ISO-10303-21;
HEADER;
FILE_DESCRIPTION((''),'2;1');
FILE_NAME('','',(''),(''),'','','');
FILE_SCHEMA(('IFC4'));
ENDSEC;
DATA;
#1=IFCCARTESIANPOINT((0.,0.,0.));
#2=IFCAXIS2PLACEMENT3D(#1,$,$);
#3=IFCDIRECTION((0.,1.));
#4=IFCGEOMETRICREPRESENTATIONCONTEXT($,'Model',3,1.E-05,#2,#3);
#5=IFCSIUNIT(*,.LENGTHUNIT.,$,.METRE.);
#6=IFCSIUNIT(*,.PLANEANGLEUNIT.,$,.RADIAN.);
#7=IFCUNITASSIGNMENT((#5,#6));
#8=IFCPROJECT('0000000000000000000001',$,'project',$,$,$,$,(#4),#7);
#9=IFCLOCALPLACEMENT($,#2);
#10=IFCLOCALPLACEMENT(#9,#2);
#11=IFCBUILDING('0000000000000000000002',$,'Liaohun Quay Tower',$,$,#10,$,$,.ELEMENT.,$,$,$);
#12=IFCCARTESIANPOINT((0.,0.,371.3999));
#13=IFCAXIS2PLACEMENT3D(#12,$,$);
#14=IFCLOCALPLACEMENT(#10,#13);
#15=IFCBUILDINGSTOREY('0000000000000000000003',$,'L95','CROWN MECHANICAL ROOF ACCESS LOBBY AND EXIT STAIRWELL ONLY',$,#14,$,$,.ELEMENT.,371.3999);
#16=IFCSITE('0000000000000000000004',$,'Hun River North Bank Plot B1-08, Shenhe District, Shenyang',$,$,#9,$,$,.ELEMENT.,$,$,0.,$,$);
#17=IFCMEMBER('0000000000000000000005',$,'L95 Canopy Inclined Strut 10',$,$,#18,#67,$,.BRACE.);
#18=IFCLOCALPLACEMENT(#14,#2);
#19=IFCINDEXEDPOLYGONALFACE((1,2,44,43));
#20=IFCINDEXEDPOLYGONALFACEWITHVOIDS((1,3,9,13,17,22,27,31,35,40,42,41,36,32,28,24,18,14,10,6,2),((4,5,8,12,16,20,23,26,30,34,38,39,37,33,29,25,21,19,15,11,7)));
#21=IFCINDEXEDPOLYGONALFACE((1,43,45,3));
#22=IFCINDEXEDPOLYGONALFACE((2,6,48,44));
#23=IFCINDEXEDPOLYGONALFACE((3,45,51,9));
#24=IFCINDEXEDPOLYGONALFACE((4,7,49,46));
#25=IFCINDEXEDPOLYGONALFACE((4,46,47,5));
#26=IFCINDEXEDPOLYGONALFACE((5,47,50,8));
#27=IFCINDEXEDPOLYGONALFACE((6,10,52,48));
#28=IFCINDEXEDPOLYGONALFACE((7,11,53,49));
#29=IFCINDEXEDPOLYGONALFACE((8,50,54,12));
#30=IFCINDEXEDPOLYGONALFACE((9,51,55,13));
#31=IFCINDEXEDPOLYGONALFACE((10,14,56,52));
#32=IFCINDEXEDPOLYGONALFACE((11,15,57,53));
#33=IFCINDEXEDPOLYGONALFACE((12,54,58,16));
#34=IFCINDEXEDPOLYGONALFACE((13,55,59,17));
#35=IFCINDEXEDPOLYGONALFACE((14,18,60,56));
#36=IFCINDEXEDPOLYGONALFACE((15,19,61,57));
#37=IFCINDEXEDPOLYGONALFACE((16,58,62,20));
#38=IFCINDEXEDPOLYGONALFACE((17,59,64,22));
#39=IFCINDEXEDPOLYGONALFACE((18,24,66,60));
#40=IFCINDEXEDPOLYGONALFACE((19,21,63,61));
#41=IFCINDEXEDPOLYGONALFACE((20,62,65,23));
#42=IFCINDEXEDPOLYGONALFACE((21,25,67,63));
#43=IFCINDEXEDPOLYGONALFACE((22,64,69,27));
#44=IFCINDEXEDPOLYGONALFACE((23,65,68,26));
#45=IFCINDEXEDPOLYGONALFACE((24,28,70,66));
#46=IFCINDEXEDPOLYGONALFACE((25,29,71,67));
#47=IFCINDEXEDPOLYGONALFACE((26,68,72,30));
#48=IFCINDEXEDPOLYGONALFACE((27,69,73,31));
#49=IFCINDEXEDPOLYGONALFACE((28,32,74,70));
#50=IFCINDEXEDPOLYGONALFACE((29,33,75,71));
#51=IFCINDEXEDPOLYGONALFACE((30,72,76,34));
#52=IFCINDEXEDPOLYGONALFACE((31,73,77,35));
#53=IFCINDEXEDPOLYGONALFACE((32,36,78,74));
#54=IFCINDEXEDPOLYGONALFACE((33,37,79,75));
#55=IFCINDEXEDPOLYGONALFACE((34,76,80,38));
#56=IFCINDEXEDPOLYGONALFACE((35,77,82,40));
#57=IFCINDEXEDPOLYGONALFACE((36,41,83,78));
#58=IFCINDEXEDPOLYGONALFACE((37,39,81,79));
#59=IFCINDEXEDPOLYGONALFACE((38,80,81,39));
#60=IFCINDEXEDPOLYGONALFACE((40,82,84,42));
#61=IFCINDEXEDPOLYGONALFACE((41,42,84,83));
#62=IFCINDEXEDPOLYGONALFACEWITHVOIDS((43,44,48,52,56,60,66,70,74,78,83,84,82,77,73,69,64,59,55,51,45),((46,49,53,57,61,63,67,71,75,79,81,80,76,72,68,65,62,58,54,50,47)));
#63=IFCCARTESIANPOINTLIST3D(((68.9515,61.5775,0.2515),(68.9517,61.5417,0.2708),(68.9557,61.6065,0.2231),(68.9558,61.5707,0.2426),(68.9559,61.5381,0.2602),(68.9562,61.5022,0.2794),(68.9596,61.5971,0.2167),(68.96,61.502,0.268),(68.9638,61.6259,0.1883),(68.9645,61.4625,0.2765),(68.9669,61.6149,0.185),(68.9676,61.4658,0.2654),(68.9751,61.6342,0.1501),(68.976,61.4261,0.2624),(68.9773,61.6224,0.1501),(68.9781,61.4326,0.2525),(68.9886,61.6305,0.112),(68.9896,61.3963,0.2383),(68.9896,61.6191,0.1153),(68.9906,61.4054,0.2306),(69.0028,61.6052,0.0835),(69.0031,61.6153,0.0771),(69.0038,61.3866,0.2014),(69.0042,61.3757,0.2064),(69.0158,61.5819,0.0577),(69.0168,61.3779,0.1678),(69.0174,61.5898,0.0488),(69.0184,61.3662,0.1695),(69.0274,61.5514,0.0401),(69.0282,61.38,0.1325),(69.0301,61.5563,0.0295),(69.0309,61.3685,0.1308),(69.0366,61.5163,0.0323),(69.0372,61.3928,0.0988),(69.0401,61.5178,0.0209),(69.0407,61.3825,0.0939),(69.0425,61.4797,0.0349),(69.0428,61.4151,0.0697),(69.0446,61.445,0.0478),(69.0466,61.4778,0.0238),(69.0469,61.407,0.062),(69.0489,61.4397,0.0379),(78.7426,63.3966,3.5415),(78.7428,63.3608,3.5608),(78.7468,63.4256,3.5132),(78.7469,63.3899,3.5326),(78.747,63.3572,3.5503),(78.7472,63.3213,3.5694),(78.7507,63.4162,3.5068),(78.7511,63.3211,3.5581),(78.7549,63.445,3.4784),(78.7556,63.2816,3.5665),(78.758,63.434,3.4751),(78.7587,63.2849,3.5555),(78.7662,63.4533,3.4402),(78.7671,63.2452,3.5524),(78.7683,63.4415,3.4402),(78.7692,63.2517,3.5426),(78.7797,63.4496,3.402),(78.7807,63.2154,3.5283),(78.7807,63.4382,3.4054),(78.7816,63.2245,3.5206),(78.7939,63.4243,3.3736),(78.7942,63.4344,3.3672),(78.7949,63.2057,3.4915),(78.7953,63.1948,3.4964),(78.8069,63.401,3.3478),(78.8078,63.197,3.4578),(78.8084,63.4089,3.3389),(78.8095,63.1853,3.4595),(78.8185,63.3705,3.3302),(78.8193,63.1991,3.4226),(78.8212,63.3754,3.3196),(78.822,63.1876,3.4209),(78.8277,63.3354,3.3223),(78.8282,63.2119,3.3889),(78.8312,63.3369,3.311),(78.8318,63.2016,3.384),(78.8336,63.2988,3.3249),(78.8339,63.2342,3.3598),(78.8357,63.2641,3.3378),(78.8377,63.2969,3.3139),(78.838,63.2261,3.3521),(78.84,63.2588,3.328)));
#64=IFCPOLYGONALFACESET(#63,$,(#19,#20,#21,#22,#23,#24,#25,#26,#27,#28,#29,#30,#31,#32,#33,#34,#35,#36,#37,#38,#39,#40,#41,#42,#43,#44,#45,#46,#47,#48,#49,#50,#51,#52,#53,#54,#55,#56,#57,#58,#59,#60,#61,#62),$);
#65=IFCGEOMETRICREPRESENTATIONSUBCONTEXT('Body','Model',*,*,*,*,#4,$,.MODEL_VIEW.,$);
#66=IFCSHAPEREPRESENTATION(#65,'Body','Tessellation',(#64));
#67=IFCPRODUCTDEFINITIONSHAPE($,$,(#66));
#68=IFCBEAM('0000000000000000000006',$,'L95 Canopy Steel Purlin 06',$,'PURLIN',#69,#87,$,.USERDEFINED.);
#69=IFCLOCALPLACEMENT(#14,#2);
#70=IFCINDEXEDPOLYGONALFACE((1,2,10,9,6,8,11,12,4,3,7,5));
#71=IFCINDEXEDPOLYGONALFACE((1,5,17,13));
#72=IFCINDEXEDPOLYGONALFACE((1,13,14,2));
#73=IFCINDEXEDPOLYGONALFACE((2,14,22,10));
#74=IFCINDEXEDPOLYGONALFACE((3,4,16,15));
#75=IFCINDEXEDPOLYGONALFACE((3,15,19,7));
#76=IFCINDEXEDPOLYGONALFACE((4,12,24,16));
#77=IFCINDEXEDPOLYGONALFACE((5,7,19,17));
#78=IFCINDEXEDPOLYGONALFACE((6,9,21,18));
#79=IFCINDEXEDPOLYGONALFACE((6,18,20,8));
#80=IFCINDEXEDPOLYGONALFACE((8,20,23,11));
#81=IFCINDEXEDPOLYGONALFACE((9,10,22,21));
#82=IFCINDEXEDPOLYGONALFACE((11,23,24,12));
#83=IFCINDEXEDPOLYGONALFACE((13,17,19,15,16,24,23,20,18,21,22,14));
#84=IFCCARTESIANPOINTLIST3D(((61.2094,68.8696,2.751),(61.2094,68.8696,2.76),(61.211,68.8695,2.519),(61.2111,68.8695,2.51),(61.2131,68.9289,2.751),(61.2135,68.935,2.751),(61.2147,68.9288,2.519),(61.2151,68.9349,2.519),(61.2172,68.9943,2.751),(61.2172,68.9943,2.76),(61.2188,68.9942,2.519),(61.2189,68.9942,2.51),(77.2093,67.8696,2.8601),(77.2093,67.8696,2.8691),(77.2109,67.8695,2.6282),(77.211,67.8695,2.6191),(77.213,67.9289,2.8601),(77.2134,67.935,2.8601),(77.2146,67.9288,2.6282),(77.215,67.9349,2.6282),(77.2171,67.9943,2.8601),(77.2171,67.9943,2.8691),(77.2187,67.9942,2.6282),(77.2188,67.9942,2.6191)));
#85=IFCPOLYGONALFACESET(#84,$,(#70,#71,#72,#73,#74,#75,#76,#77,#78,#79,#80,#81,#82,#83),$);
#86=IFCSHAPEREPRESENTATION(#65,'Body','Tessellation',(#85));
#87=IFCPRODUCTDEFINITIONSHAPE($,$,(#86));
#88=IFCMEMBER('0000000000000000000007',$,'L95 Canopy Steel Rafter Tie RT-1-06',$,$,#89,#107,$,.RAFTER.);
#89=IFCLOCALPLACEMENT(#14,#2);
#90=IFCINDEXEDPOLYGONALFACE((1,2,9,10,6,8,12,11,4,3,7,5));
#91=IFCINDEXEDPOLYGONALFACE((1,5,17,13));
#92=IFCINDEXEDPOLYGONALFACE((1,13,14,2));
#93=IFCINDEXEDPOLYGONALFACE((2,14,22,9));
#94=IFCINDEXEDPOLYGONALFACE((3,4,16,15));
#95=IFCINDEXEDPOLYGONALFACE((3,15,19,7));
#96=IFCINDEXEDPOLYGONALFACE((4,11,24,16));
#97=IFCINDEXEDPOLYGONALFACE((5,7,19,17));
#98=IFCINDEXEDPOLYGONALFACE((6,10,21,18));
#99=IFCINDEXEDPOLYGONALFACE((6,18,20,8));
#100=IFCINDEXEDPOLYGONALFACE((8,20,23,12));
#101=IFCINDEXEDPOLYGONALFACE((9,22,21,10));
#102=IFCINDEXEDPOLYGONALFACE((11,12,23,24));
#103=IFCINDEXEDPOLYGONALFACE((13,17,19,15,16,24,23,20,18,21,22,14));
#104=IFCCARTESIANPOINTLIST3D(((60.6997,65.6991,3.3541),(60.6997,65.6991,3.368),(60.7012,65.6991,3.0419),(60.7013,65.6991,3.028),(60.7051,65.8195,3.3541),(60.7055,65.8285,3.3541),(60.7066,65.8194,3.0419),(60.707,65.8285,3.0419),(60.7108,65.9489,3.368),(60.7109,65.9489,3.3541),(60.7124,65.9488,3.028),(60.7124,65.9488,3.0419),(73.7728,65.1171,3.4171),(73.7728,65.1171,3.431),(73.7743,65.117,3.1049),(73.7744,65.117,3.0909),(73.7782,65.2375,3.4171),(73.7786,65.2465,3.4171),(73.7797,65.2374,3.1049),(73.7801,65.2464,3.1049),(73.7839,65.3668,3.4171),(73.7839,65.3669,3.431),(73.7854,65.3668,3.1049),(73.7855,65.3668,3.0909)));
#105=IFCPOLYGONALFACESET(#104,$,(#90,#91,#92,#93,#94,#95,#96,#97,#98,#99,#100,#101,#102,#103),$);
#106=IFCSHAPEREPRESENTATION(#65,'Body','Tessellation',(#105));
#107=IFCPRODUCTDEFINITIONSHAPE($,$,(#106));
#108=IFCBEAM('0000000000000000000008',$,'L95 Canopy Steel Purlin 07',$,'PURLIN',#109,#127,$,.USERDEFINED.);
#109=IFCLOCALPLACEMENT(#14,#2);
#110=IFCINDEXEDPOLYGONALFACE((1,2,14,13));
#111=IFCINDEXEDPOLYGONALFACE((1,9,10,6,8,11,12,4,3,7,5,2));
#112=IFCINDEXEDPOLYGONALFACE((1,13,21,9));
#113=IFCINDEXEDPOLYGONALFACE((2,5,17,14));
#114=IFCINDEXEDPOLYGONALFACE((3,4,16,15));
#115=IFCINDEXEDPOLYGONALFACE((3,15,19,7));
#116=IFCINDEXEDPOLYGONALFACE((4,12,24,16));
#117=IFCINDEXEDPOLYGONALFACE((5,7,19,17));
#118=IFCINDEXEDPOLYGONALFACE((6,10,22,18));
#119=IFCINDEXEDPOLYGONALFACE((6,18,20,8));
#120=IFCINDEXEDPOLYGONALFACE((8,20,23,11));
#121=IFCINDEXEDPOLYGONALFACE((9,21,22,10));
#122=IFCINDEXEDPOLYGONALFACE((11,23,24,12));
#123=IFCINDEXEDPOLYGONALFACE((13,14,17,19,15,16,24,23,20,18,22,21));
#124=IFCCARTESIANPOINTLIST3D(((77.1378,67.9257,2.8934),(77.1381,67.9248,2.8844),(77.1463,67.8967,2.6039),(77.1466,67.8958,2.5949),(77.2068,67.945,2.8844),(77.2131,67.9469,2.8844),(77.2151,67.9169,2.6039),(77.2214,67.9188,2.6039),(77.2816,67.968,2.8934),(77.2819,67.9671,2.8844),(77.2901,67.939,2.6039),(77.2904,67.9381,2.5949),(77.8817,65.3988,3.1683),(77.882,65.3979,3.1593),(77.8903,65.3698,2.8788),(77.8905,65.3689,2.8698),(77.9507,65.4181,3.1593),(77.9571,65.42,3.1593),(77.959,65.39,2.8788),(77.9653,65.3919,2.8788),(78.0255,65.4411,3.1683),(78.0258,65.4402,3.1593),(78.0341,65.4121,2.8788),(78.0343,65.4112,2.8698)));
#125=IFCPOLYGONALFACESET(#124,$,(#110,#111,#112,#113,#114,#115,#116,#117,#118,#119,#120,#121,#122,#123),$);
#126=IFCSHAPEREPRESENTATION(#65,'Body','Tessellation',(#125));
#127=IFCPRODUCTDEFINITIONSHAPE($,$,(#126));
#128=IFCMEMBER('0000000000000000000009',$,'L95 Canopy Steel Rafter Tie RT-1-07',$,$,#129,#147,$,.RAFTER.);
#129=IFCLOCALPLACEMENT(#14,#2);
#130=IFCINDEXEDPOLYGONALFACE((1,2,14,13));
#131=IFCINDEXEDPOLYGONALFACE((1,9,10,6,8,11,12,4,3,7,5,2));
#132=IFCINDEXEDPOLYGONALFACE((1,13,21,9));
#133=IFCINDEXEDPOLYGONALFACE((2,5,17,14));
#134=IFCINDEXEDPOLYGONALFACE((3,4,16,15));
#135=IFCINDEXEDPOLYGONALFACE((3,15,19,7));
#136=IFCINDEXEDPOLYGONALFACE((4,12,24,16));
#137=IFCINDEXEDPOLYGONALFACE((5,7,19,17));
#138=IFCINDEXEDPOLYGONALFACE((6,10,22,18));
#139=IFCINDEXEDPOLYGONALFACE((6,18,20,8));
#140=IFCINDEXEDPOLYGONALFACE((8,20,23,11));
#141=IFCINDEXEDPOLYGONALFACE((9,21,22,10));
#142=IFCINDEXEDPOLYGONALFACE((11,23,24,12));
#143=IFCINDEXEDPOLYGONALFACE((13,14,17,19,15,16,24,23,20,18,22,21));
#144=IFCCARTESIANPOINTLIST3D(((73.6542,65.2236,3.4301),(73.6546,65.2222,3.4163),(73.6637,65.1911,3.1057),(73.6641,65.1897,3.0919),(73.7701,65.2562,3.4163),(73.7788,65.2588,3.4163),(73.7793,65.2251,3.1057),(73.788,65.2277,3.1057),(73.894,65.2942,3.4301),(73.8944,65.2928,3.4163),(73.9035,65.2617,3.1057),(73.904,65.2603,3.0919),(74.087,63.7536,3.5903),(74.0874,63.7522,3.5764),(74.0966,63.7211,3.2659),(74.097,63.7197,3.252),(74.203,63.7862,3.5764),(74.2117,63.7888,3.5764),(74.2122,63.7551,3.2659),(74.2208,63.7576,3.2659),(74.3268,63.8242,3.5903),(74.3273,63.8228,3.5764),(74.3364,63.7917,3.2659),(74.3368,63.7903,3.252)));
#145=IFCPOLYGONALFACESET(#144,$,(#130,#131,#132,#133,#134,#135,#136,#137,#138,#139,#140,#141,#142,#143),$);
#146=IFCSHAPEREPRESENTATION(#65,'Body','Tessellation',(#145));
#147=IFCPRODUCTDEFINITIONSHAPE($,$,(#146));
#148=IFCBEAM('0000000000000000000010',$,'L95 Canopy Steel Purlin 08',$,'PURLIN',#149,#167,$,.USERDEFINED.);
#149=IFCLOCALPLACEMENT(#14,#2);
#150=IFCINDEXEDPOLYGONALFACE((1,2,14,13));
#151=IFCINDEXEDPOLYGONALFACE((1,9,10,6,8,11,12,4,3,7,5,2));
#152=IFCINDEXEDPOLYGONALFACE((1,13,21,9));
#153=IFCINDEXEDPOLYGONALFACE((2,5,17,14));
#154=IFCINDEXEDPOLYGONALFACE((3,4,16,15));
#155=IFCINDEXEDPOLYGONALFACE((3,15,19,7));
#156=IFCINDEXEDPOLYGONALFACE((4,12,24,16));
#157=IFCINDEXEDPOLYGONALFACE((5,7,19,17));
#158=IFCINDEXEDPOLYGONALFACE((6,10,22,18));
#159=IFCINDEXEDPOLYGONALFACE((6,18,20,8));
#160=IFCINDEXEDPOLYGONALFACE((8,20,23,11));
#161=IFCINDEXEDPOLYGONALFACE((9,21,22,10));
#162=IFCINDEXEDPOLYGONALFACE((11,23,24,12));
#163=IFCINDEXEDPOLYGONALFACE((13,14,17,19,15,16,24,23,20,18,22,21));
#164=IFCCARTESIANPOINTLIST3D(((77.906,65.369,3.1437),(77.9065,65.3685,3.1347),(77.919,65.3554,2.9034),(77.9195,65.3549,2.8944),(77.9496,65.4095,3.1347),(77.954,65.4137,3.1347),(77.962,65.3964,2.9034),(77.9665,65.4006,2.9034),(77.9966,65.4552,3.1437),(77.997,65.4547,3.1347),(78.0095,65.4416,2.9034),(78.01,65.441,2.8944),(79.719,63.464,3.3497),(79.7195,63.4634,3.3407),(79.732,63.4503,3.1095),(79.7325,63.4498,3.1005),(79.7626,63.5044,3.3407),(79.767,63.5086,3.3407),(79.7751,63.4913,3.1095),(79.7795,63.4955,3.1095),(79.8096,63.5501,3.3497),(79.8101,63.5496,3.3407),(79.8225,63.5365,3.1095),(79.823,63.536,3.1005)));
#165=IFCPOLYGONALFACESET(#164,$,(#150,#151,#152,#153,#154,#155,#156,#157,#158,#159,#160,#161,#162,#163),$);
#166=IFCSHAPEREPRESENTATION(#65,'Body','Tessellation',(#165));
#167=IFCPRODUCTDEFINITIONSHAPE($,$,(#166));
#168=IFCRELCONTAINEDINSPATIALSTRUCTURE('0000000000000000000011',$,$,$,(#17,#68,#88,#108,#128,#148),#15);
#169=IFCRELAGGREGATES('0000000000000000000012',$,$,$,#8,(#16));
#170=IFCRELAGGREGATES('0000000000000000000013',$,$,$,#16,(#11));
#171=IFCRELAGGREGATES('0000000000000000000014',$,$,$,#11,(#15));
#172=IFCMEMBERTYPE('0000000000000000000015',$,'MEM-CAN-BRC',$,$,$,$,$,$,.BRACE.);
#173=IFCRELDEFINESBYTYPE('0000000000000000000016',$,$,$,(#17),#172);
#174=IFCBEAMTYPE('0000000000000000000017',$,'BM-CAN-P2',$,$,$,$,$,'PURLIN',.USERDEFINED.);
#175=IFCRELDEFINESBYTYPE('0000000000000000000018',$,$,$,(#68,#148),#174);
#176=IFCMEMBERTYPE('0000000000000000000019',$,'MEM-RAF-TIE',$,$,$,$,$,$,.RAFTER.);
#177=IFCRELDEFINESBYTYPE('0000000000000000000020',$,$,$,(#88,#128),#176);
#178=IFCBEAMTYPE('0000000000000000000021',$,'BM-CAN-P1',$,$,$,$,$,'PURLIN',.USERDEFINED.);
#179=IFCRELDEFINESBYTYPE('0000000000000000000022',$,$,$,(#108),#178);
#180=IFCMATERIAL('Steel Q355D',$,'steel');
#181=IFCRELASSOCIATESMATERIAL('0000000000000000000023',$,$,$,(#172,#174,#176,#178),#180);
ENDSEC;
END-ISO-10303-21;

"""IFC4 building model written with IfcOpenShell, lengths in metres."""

from ifc_helpers import new_model, si_unit, direction, frame, origin, origin_2d, place, context, subcontext, project, spatial, hollow_circle, i_section, extrude, source, transform, mapped, material, material_profile, profile_set, type_object, element, save


model = new_model("IFC4")

# Units and contexts
model_context = context("Model", 3, precision=1e-05, world=origin(), true_north=direction((0.0, 1.0)))
body_context = subcontext(model_context, "Body", "Model", "MODEL_VIEW")
ifc_project = project(units=[si_unit("LENGTHUNIT", "METRE"), si_unit("PLANEANGLEUNIT", "RADIAN")], contexts=[model_context])

# Site, building, storey
site_placement = place(None, origin())
site = spatial("IfcSite", under=ifc_project, at=site_placement, Name="Hun River North Bank Plot B1-08, Shenhe District, Shenyang", CompositionType="ELEMENT", RefElevation=0.0)
building_placement = place(site_placement, origin())
building = spatial("IfcBuilding", under=site, at=building_placement, Name="Liaohun Quay Tower", CompositionType="ELEMENT")
storey_placement = place(building_placement, frame((0.0, 0.0, 371.3999)))
storey = spatial("IfcBuildingStorey", under=building, at=storey_placement, Name="L95", Description="CROWN MECHANICAL ROOF ACCESS LOBBY AND EXIT STAIRWELL ONLY", CompositionType="ELEMENT", Elevation=371.3999)

# Shared definitions
ifc_material_1 = material(Name="Steel Q355D", Category="steel")

# Member
ifc_material_profile_1 = material_profile(ifc_material_1, hollow_circle(Radius=0.1365, WallThickness=0.012, at=origin_2d()), Name="CHS273x12")
ifc_profile_set_1 = profile_set([ifc_material_profile_1], Name="Steel Q355D")
member_type_1 = type_object("IfcMemberType", Name="MEM-CAN-BRC", PredefinedType="BRACE", material=ifc_profile_set_1)
shared_shape_1 = source(origin(), body_context, "Body", "SweptSolid", [
    extrude(hollow_circle(Radius=0.1365, WallThickness=0.012, at=origin_2d()), origin(), (0.0, 0.0, 1.0), 10.488),
])
member_1_placement = place(storey_placement, frame((69.0, 61.5, 0.1501), z_axis=(0.933548, 0.173446, 0.313697), x_axis=(-0.182666, 0.983175, 0.0)))
element("IfcMember", 1, at=member_1_placement, inside=storey, type_object=member_type_1, Name="L95 Canopy Inclined Strut 10", PredefinedType="BRACE", context=body_context, shape_type="MappedRepresentation", body=[
    mapped(shared_shape_1, transform((0.0, 0.0, 0.0), x_axis=(1.0, 0.0, 0.0), y_axis=(0.0, 1.0, 0.0), z_axis=(0.0, 0.0, 1.0), scale=1.0)),
])

# Beam
ifc_material_profile_2 = material_profile(ifc_material_1, i_section(OverallWidth=0.125, OverallDepth=0.25, WebThickness=0.0061, FlangeThickness=0.009, at=origin_2d()), Name="HN250x125x6x9")
ifc_profile_set_2 = profile_set([ifc_material_profile_2], Name="Steel Q355D")
beam_type_1 = type_object("IfcBeamType", Name="BM-CAN-P2", ElementType="PURLIN", PredefinedType="USERDEFINED", material=ifc_profile_set_2)
shared_shape_2 = source(origin(), body_context, "Body", "SweptSolid", [
    extrude(i_section(OverallWidth=0.125, OverallDepth=0.25, WebThickness=0.0061, FlangeThickness=0.009, at=origin_2d()), origin(), (0.0, 0.0, 1.0), 16.0315),
])
beam_1_placement = place(storey_placement, frame((61.2141, 68.9319, 2.635), z_axis=(0.998029, -0.062377, 0.006807), x_axis=(0.062378, 0.998053, 0.0)))
element("IfcBeam", 2, at=beam_1_placement, inside=storey, type_object=beam_type_1, Name="L95 Canopy Steel Purlin 06", ObjectType="PURLIN", PredefinedType="USERDEFINED", context=body_context, shape_type="MappedRepresentation", body=[
    mapped(shared_shape_2, transform((0.0, 0.0, 0.0), x_axis=(1.0, 0.0, 0.0), y_axis=(0.0, 1.0, 0.0), z_axis=(0.0, 0.0, 1.0), scale=1.0)),
])

# Member
ifc_material_profile_3 = material_profile(ifc_material_1, i_section(OverallWidth=0.25, OverallDepth=0.3401, WebThickness=0.009, FlangeThickness=0.0139, at=origin_2d()), Name="HM340x250x9x14")
ifc_profile_set_3 = profile_set([ifc_material_profile_3], Name="Steel Q355D")
member_type_2 = type_object("IfcMemberType", Name="MEM-RAF-TIE", PredefinedType="RAFTER", material=ifc_profile_set_3)
shared_shape_3 = source(origin(), body_context, "Body", "SweptSolid", [
    extrude(i_section(OverallWidth=0.25, OverallDepth=0.3401, WebThickness=0.009, FlangeThickness=0.0139, at=origin_2d()), origin(), (0.0, 0.0, 1.0), 13.0862),
])
member_2_placement = place(storey_placement, frame((60.7061, 65.824, 3.198), z_axis=(0.998999, -0.044477, 0.004813), x_axis=(0.044478, 0.99901, 0.0)))
element("IfcMember", 3, at=member_2_placement, inside=storey, type_object=member_type_2, Name="L95 Canopy Steel Rafter Tie RT-1-06", PredefinedType="RAFTER", context=body_context, shape_type="MappedRepresentation", body=[
    mapped(shared_shape_3, transform((0.0, 0.0, 0.0), x_axis=(1.0, 0.0, 0.0), y_axis=(0.0, 1.0, 0.0), z_axis=(0.0, 0.0, 1.0), scale=1.0)),
])

# Beam
ifc_material_profile_4 = material_profile(ifc_material_1, i_section(OverallWidth=0.1499, OverallDepth=0.3, WebThickness=0.0066, FlangeThickness=0.009, at=origin_2d()), Name="HN300x150x6.5x9")
ifc_profile_set_4 = profile_set([ifc_material_profile_4], Name="Steel Q355D")
beam_type_2 = type_object("IfcBeamType", Name="BM-CAN-P1", ElementType="PURLIN", PredefinedType="USERDEFINED", material=ifc_profile_set_4)
shared_shape_4 = source(origin(), body_context, "Body", "SweptSolid", [
    extrude(i_section(OverallWidth=0.1499, OverallDepth=0.3, WebThickness=0.0066, FlangeThickness=0.009, at=origin_2d()), origin(), (0.0, 0.0, 1.0), 2.6484),
])
beam_2_placement = place(storey_placement, frame((77.2141, 67.9319, 2.7441), z_axis=(0.280887, -0.954111, 0.1038), x_axis=(0.959293, 0.282412, 0.0)))
element("IfcBeam", 4, at=beam_2_placement, inside=storey, type_object=beam_type_2, Name="L95 Canopy Steel Purlin 07", ObjectType="PURLIN", PredefinedType="USERDEFINED", context=body_context, shape_type="MappedRepresentation", body=[
    mapped(shared_shape_4, transform((0.0, 0.0, 0.0), x_axis=(1.0, 0.0, 0.0), y_axis=(0.0, 1.0, 0.0), z_axis=(0.0, 0.0, 1.0), scale=1.0)),
])

# Member
shared_shape_5 = source(origin(), body_context, "Body", "SweptSolid", [
    extrude(i_section(OverallWidth=0.25, OverallDepth=0.3401, WebThickness=0.009, FlangeThickness=0.0139, at=origin_2d()), origin(), (0.0, 0.0, 1.0), 1.5408),
])
member_3_placement = place(storey_placement, frame((73.7791, 65.2419, 3.261), z_axis=(0.280947, -0.954077, 0.103949), x_axis=(0.959274, 0.282477, 0.0)))
element("IfcMember", 5, at=member_3_placement, inside=storey, type_object=member_type_2, Name="L95 Canopy Steel Rafter Tie RT-1-07", PredefinedType="RAFTER", context=body_context, shape_type="MappedRepresentation", body=[
    mapped(shared_shape_5, transform((0.0, 0.0, 0.0), x_axis=(1.0, 0.0, 0.0), y_axis=(0.0, 1.0, 0.0), z_axis=(0.0, 0.0, 1.0), scale=1.0)),
])

# Beam
shared_shape_6 = source(origin(), body_context, "Body", "SweptSolid", [
    extrude(i_section(OverallWidth=0.125, OverallDepth=0.25, WebThickness=0.0061, FlangeThickness=0.009, at=origin_2d()), origin(), (0.0, 0.0, 1.0), 2.6379),
])
beam_3_placement = place(storey_placement, frame((77.958, 65.405, 3.019), z_axis=(0.687284, -0.722176, 0.078113), x_axis=(0.72439, 0.689391, 0.0)))
element("IfcBeam", 6, at=beam_3_placement, inside=storey, type_object=beam_type_1, Name="L95 Canopy Steel Purlin 08", ObjectType="PURLIN", PredefinedType="USERDEFINED", context=body_context, shape_type="MappedRepresentation", body=[
    mapped(shared_shape_6, transform((0.0, 0.0, 0.0), x_axis=(1.0, 0.0, 0.0), y_axis=(0.0, 1.0, 0.0), z_axis=(0.0, 0.0, 1.0), scale=1.0)),
])

save(model, "model.ifc")
